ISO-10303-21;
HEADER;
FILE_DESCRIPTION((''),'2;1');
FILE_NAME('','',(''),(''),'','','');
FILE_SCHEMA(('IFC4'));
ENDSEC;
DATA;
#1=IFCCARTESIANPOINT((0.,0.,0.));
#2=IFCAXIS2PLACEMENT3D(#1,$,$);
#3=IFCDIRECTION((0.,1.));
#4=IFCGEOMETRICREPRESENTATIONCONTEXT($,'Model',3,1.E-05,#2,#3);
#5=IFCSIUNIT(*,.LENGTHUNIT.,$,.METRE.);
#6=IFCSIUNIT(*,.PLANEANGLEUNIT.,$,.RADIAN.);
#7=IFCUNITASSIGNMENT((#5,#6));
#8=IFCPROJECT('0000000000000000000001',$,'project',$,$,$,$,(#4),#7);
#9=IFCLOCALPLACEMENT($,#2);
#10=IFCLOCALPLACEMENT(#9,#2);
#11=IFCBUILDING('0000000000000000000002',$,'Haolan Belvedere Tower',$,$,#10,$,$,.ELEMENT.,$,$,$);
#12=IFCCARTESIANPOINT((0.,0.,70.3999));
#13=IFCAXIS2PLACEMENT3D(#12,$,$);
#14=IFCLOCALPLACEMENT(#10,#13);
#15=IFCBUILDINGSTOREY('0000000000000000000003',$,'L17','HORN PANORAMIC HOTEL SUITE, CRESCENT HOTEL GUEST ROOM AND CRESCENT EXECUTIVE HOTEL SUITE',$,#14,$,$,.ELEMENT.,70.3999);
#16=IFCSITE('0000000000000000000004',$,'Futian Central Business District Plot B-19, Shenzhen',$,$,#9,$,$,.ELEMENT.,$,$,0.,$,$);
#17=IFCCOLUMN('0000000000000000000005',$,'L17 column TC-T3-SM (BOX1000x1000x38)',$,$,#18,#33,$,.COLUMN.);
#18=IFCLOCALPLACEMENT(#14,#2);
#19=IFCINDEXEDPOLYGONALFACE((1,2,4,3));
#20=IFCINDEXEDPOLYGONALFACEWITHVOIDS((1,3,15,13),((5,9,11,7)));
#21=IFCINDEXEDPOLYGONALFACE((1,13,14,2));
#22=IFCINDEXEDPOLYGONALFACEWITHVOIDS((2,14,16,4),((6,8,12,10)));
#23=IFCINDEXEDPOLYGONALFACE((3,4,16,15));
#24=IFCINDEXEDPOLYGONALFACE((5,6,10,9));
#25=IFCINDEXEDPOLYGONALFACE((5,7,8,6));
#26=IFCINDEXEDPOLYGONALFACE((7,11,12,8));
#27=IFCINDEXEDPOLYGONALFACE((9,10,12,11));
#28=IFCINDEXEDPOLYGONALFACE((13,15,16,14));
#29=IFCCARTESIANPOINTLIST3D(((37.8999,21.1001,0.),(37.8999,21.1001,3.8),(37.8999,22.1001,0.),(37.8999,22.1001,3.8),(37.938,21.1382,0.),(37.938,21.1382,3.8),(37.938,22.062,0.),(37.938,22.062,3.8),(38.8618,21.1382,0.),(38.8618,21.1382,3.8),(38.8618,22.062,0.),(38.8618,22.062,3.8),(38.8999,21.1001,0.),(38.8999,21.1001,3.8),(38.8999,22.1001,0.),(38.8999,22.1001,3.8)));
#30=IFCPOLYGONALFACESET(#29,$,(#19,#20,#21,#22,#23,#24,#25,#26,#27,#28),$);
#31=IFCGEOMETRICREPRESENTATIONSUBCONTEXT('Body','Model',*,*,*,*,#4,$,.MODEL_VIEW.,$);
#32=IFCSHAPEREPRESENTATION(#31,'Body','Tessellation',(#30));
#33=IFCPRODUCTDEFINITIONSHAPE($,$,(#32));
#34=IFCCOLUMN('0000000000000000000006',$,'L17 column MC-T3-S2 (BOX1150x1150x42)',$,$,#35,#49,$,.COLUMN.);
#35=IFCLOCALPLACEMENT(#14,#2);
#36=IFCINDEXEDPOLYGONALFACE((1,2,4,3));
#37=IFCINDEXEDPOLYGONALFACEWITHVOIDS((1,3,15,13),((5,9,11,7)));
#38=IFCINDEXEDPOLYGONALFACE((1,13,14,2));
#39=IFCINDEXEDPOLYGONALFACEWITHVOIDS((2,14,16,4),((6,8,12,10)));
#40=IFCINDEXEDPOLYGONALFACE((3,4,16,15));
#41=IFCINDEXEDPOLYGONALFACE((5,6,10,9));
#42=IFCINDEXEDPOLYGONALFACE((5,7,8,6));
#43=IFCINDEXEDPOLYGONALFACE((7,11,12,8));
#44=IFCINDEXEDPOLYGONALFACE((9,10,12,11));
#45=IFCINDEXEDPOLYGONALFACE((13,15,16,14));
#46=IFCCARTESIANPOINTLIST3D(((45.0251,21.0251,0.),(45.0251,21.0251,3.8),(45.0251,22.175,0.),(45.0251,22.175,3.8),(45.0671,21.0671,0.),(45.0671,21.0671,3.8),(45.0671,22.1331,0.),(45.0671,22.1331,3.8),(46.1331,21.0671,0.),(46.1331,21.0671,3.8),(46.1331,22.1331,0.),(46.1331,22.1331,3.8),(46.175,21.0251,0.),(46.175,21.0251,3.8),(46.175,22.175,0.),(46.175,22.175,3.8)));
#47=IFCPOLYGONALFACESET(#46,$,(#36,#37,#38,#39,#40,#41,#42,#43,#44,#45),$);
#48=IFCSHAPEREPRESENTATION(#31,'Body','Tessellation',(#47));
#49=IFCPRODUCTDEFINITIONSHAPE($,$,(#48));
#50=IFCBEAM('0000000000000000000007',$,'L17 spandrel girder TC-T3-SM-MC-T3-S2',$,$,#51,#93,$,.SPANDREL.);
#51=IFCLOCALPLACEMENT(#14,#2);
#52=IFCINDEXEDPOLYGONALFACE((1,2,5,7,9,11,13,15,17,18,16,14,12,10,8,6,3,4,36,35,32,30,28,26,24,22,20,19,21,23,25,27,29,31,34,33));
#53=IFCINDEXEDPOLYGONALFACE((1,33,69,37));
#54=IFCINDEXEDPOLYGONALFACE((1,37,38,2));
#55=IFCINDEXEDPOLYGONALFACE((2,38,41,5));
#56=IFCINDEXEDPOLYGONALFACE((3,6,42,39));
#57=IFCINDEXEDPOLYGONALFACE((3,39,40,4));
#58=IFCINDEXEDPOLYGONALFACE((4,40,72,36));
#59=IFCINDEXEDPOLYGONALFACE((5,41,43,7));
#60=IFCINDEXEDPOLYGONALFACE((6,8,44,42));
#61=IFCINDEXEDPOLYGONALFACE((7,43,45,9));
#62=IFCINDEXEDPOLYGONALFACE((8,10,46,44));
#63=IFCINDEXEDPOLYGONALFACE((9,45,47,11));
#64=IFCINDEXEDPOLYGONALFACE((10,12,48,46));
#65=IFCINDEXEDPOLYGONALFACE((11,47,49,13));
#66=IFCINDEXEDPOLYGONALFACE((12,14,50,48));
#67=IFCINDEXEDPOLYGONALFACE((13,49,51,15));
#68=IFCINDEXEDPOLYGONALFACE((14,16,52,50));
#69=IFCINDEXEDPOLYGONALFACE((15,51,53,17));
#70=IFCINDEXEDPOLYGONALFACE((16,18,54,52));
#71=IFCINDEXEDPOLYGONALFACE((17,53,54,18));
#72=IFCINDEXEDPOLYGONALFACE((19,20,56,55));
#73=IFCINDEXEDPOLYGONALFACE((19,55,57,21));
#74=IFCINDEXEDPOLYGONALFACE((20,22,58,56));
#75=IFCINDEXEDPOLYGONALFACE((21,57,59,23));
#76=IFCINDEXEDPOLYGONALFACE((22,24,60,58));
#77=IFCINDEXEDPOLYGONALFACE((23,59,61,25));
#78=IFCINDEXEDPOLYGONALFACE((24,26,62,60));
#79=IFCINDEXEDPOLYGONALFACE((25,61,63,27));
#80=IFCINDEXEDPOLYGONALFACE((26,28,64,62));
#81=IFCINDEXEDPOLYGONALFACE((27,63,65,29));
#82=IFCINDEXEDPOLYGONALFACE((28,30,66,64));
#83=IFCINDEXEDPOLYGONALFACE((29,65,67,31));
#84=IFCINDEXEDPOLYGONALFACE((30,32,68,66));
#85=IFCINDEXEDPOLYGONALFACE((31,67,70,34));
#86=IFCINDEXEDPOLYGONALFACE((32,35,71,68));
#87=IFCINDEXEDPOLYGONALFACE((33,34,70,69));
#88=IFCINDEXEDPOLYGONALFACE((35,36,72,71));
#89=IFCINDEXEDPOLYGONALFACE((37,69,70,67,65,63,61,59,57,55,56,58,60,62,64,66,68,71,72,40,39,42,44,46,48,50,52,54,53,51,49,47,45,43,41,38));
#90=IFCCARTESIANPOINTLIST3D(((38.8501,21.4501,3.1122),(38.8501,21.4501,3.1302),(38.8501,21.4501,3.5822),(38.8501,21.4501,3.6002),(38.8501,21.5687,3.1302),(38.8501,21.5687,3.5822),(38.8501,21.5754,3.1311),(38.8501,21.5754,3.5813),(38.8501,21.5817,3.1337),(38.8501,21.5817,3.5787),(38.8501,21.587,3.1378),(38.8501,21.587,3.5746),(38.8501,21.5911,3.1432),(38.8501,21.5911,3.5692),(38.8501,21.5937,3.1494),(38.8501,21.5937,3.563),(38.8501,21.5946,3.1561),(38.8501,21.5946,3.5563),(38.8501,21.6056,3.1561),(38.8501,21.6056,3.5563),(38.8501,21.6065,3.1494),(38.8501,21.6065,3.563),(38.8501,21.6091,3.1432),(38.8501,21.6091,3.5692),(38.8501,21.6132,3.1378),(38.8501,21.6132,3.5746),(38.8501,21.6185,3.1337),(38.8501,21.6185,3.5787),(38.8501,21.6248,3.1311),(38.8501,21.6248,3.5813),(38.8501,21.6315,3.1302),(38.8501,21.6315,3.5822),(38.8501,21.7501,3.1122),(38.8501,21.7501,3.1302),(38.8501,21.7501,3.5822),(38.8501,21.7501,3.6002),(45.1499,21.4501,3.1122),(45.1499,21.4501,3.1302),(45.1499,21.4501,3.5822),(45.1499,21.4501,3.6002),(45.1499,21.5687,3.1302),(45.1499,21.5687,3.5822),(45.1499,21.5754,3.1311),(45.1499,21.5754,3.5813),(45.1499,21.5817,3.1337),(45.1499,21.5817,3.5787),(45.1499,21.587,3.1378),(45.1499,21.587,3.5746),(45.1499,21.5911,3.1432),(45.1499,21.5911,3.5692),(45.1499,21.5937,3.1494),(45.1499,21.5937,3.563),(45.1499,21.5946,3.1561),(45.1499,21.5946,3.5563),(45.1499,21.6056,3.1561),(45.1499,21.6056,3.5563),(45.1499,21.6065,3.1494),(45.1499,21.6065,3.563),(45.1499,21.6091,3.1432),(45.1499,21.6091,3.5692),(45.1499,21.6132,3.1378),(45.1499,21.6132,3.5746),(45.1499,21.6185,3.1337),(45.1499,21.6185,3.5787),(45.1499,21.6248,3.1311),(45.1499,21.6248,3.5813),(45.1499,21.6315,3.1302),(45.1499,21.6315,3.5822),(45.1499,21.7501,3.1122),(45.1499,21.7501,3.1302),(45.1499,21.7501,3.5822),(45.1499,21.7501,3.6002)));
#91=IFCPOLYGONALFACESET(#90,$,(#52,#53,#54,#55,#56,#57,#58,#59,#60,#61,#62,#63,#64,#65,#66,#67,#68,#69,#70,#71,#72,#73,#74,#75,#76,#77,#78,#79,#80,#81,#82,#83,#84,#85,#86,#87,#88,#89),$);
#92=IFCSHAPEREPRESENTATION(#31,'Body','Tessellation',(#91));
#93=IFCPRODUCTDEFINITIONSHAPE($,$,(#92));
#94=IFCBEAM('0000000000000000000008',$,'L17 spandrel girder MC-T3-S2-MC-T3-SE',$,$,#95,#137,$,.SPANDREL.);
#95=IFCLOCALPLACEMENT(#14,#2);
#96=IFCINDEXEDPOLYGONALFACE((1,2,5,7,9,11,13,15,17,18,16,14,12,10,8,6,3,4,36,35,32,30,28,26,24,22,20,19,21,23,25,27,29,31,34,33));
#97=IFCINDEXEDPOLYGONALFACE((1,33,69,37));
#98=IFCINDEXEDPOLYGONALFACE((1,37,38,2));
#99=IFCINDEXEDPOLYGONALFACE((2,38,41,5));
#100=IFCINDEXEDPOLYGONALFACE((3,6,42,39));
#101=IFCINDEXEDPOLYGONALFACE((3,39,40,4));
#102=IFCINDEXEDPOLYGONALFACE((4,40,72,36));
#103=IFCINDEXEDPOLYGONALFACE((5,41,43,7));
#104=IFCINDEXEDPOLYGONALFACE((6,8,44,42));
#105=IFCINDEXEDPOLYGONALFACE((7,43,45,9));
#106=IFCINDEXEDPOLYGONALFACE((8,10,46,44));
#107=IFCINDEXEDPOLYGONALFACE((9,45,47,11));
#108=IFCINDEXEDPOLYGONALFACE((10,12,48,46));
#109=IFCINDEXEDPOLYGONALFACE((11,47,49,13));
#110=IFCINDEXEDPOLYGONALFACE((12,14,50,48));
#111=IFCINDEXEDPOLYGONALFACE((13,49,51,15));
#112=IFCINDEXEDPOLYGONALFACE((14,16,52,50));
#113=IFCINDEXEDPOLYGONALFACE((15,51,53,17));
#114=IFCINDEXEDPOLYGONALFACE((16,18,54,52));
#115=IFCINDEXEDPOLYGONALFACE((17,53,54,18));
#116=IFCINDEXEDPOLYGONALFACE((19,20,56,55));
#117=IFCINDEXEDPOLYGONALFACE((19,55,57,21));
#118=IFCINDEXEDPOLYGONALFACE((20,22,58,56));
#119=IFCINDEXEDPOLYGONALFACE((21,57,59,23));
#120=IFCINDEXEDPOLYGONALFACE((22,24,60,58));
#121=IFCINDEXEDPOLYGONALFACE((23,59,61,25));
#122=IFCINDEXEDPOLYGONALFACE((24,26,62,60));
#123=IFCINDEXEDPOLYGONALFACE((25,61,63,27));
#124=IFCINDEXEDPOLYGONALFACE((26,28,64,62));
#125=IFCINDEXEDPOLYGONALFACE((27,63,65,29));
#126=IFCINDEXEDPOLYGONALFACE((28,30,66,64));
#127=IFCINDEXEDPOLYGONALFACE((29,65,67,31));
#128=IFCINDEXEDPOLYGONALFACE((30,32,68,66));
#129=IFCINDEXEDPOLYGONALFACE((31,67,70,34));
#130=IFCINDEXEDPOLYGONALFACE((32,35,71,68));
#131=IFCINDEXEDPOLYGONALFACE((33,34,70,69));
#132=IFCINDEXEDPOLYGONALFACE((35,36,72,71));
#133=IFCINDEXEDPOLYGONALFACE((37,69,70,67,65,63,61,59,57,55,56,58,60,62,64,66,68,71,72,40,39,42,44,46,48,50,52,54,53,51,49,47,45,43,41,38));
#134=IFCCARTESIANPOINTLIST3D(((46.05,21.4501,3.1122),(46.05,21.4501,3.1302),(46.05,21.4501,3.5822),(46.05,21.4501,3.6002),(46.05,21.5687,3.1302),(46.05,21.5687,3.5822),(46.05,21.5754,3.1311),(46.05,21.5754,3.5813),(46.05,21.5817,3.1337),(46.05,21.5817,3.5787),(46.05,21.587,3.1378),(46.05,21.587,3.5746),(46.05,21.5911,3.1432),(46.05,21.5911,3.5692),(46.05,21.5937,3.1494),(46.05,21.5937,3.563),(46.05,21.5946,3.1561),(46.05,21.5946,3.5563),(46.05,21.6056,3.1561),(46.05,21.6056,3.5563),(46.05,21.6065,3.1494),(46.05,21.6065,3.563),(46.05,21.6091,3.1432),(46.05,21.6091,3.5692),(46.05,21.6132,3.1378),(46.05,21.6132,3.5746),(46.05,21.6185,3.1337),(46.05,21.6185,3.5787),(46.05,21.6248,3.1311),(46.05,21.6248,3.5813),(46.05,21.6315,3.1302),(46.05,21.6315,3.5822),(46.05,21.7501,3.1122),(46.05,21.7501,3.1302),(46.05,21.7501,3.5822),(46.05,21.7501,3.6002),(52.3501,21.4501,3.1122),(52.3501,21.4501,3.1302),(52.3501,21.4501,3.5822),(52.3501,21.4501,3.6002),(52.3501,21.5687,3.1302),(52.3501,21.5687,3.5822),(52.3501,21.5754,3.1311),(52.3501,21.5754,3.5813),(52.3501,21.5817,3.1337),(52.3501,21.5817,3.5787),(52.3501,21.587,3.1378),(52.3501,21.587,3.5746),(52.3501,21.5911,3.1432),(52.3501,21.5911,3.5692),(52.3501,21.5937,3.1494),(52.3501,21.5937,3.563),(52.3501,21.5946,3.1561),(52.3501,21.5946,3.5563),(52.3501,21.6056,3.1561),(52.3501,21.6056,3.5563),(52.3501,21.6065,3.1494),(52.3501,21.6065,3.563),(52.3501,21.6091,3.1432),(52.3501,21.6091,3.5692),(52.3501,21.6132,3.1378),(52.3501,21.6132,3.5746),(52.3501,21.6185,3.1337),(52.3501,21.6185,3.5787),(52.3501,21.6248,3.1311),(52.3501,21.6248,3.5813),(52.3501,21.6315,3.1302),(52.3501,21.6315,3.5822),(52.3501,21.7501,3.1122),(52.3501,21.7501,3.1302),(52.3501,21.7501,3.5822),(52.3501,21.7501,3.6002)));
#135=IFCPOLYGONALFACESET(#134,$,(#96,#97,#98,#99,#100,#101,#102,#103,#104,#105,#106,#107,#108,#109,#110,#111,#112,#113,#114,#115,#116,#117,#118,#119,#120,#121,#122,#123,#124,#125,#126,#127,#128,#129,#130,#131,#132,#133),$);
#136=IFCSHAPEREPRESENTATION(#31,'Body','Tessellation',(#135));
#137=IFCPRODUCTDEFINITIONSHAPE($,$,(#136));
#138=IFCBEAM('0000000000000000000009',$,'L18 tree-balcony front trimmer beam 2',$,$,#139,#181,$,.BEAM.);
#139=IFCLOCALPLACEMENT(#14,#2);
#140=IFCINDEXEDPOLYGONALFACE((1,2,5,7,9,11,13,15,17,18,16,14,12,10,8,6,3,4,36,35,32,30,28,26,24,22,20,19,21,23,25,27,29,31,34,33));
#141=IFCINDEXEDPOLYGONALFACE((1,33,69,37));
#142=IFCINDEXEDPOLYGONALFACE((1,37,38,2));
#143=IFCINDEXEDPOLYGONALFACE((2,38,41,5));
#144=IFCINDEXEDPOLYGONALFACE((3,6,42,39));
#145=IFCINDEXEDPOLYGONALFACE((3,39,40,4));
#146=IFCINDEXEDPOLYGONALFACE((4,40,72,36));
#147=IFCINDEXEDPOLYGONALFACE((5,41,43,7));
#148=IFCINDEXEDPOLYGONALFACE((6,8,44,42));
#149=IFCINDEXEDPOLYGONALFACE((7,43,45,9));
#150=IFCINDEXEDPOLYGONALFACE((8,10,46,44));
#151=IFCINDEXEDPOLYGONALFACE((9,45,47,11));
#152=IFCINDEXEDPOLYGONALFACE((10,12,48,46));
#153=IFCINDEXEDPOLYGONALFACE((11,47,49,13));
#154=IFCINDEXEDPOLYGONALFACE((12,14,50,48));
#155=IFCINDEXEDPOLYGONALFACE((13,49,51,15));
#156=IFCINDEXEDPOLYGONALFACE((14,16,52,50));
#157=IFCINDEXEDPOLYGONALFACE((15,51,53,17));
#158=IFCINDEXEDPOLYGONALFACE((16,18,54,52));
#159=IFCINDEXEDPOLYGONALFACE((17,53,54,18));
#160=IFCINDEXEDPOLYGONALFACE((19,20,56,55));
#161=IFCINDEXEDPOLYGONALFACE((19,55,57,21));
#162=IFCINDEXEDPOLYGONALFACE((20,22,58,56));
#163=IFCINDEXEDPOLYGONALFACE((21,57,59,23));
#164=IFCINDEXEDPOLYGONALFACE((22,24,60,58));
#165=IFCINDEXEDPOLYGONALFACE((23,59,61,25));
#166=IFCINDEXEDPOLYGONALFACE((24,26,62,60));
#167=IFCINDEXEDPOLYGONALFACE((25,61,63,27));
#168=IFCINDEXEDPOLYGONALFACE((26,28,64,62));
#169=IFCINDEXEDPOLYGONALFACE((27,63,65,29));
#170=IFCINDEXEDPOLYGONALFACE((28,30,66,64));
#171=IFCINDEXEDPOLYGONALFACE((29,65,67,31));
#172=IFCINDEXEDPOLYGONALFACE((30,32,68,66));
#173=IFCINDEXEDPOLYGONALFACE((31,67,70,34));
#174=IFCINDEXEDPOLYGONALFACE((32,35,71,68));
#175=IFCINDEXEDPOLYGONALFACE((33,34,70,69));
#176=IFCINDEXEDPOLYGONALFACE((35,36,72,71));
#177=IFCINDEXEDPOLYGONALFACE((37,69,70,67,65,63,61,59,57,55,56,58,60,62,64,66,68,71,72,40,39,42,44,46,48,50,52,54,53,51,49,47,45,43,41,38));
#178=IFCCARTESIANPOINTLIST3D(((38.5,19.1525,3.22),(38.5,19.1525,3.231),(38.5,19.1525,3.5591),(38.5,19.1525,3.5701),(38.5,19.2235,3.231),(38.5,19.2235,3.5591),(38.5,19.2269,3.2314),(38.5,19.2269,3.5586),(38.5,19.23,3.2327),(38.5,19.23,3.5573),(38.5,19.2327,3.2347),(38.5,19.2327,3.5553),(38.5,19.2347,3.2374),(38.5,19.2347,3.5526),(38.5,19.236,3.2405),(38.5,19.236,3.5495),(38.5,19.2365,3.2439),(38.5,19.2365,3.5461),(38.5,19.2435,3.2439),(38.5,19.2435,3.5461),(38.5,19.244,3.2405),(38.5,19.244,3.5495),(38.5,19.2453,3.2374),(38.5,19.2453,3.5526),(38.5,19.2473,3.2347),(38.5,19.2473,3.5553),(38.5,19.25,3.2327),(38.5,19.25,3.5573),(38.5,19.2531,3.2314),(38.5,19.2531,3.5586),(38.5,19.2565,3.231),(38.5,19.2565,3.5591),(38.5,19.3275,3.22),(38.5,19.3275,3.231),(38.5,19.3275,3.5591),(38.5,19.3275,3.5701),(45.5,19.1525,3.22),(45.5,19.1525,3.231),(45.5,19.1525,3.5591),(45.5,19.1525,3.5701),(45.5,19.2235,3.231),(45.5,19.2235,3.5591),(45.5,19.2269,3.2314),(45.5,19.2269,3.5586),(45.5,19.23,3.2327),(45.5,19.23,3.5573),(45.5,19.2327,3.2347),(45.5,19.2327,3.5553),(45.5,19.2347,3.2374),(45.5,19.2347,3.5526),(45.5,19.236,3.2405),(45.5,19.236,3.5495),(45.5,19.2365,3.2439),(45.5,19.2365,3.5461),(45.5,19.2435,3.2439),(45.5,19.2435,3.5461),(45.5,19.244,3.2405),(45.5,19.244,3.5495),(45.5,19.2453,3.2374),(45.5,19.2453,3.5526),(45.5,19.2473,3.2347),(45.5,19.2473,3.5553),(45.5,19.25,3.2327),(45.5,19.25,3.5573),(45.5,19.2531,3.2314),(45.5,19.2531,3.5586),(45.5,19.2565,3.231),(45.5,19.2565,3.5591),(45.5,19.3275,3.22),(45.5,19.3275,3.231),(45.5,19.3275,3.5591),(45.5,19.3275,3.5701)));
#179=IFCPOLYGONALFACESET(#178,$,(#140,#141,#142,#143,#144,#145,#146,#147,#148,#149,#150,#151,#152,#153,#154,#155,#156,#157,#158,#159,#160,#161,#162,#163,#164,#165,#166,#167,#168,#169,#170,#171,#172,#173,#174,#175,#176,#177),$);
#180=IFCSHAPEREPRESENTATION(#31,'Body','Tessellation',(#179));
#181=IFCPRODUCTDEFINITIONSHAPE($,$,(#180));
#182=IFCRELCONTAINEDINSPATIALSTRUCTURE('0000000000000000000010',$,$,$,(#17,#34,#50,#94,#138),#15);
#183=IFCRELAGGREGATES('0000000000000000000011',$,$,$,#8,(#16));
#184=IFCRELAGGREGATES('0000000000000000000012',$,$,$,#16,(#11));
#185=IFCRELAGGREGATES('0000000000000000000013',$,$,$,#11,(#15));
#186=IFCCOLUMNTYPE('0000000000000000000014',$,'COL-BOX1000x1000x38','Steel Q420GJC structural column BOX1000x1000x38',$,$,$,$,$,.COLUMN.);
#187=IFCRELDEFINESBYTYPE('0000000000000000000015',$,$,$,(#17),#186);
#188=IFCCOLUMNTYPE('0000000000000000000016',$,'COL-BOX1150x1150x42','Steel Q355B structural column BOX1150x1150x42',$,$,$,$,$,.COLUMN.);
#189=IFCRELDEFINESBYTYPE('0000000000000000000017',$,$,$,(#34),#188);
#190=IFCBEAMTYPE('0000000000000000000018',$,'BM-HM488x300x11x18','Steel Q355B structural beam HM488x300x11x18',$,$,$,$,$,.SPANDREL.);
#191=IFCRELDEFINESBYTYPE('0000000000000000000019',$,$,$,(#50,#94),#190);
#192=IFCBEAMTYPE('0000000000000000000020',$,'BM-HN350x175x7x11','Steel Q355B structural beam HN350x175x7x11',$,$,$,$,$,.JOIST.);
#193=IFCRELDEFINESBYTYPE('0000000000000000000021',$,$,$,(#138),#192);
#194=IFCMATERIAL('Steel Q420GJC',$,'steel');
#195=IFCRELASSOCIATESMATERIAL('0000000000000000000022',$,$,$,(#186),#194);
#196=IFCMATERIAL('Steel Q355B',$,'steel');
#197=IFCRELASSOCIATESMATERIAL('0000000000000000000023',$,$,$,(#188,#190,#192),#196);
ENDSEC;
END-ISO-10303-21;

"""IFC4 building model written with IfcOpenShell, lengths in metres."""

from ifc_helpers import new_model, si_unit, direction, frame, origin, origin_2d, place, context, subcontext, project, spatial, hollow_rectangle, i_section, extrude, material, material_profile, profile_set, type_object, element, save


model = new_model("IFC4")

# Units and contexts
model_context = context("Model", 3, precision=1e-05, world=origin(), true_north=direction((0.0, 1.0)))
body_context = subcontext(model_context, "Body", "Model", "MODEL_VIEW")
ifc_project = project(units=[si_unit("LENGTHUNIT", "METRE"), si_unit("PLANEANGLEUNIT", "RADIAN")], contexts=[model_context])

# Site, building, storey
site_placement = place(None, origin())
site = spatial("IfcSite", under=ifc_project, at=site_placement, Name="Futian Central Business District Plot B-19, Shenzhen", CompositionType="ELEMENT", RefElevation=0.0)
building_placement = place(site_placement, origin())
building = spatial("IfcBuilding", under=site, at=building_placement, Name="Haolan Belvedere Tower", CompositionType="ELEMENT")
storey_placement = place(building_placement, frame((0.0, 0.0, 70.3999)))
storey = spatial("IfcBuildingStorey", under=building, at=storey_placement, Name="L17", Description="HORN PANORAMIC HOTEL SUITE, CRESCENT HOTEL GUEST ROOM AND CRESCENT EXECUTIVE HOTEL SUITE", CompositionType="ELEMENT", Elevation=70.3999)

# Columns
ifc_material_1 = material(Name="Steel Q420GJC", Category="steel")
ifc_material_profile_1 = material_profile(ifc_material_1, hollow_rectangle(XDim=1.0, YDim=1.0, WallThickness=0.0381, at=origin_2d()), Name="Steel Q420GJC")
ifc_profile_set_1 = profile_set([ifc_material_profile_1], Name="Steel Q420GJC")
column_type_1 = type_object("IfcColumnType", Name="COL-BOX1000x1000x38", Description="Steel Q420GJC structural column BOX1000x1000x38", PredefinedType="COLUMN", material=ifc_profile_set_1)
column_1_placement = place(storey_placement, frame((38.3999, 21.6001, 0.0), z_axis=(0.0, 0.0, 1.0), x_axis=(1.0, 0.0, 0.0)))
element("IfcColumn", 1, at=column_1_placement, inside=storey, type_object=column_type_1, Name="L17 column TC-T3-SM (BOX1000x1000x38)", PredefinedType="COLUMN", context=body_context, shape_type="SweptSolid", body=[
    extrude(hollow_rectangle(XDim=1.0, YDim=1.0, WallThickness=0.0381, at=origin_2d()), origin(), (0.0, 0.0, 1.0), 3.8),
])
ifc_material_2 = material(Name="Steel Q355B", Category="steel")
ifc_material_profile_2 = material_profile(ifc_material_2, hollow_rectangle(XDim=1.1499, YDim=1.1499, WallThickness=0.042, at=origin_2d()), Name="Steel Q355B")
ifc_profile_set_2 = profile_set([ifc_material_profile_2], Name="Steel Q355B")
column_type_2 = type_object("IfcColumnType", Name="COL-BOX1150x1150x42", Description="Steel Q355B structural column BOX1150x1150x42", PredefinedType="COLUMN", material=ifc_profile_set_2)
column_2_placement = place(storey_placement, frame((45.6001, 21.6001, 0.0), z_axis=(0.0, 0.0, 1.0), x_axis=(1.0, 0.0, 0.0)))
element("IfcColumn", 2, at=column_2_placement, inside=storey, type_object=column_type_2, Name="L17 column MC-T3-S2 (BOX1150x1150x42)", PredefinedType="COLUMN", context=body_context, shape_type="SweptSolid", body=[
    extrude(hollow_rectangle(XDim=1.1499, YDim=1.1499, WallThickness=0.042, at=origin_2d()), origin(), (0.0, 0.0, 1.0), 3.8),
])

# Beams
ifc_material_profile_3 = material_profile(ifc_material_2, i_section(OverallWidth=0.3, OverallDepth=0.488, WebThickness=0.011, FlangeThickness=0.0181, FilletRadius=0.0259, at=origin_2d()), Name="Steel Q355B")
ifc_profile_set_3 = profile_set([ifc_material_profile_3], Name="Steel Q355B")
beam_type_1 = type_object("IfcBeamType", Name="BM-HM488x300x11x18", Description="Steel Q355B structural beam HM488x300x11x18", PredefinedType="SPANDREL", material=ifc_profile_set_3)
beam_1_placement = place(storey_placement, frame((38.8501, 21.6001, 3.3562), z_axis=(1.0, 0.0, 0.0), x_axis=(0.0, 1.0, 0.0)))
element("IfcBeam", 3, at=beam_1_placement, inside=storey, type_object=beam_type_1, Name="L17 spandrel girder TC-T3-SM-MC-T3-S2", PredefinedType="SPANDREL", context=body_context, shape_type="SweptSolid", body=[
    extrude(i_section(OverallWidth=0.3, OverallDepth=0.488, WebThickness=0.011, FlangeThickness=0.0181, FilletRadius=0.0259, at=origin_2d()), origin(), (0.0, 0.0, 1.0), 6.2998),
])
beam_2_placement = place(storey_placement, frame((46.05, 21.6001, 3.3562), z_axis=(1.0, 0.0, 0.0), x_axis=(0.0, 1.0, 0.0)))
element("IfcBeam", 4, at=beam_2_placement, inside=storey, type_object=beam_type_1, Name="L17 spandrel girder MC-T3-S2-MC-T3-SE", PredefinedType="SPANDREL", context=body_context, shape_type="SweptSolid", body=[
    extrude(i_section(OverallWidth=0.3, OverallDepth=0.488, WebThickness=0.011, FlangeThickness=0.0181, FilletRadius=0.0259, at=origin_2d()), origin(), (0.0, 0.0, 1.0), 6.3),
])
ifc_material_profile_4 = material_profile(ifc_material_2, i_section(OverallWidth=0.175, OverallDepth=0.3501, WebThickness=0.0071, FlangeThickness=0.011, FilletRadius=0.0129, at=origin_2d()), Name="Steel Q355B")
ifc_profile_set_4 = profile_set([ifc_material_profile_4], Name="Steel Q355B")
beam_type_2 = type_object("IfcBeamType", Name="BM-HN350x175x7x11", Description="Steel Q355B structural beam HN350x175x7x11", PredefinedType="JOIST", material=ifc_profile_set_4)
beam_3_placement = place(storey_placement, frame((38.5, 19.24, 3.395), z_axis=(1.0, 0.0, 0.0), x_axis=(0.0, 1.0, 0.0)))
element("IfcBeam", 5, at=beam_3_placement, inside=storey, type_object=beam_type_2, Name="L18 tree-balcony front trimmer beam 2", PredefinedType="BEAM", context=body_context, shape_type="SweptSolid", body=[
    extrude(i_section(OverallWidth=0.175, OverallDepth=0.3501, WebThickness=0.0071, FlangeThickness=0.011, FilletRadius=0.0129, at=origin_2d()), origin(), (0.0, 0.0, 1.0), 7.0),
])

save(model, "model.ifc")
